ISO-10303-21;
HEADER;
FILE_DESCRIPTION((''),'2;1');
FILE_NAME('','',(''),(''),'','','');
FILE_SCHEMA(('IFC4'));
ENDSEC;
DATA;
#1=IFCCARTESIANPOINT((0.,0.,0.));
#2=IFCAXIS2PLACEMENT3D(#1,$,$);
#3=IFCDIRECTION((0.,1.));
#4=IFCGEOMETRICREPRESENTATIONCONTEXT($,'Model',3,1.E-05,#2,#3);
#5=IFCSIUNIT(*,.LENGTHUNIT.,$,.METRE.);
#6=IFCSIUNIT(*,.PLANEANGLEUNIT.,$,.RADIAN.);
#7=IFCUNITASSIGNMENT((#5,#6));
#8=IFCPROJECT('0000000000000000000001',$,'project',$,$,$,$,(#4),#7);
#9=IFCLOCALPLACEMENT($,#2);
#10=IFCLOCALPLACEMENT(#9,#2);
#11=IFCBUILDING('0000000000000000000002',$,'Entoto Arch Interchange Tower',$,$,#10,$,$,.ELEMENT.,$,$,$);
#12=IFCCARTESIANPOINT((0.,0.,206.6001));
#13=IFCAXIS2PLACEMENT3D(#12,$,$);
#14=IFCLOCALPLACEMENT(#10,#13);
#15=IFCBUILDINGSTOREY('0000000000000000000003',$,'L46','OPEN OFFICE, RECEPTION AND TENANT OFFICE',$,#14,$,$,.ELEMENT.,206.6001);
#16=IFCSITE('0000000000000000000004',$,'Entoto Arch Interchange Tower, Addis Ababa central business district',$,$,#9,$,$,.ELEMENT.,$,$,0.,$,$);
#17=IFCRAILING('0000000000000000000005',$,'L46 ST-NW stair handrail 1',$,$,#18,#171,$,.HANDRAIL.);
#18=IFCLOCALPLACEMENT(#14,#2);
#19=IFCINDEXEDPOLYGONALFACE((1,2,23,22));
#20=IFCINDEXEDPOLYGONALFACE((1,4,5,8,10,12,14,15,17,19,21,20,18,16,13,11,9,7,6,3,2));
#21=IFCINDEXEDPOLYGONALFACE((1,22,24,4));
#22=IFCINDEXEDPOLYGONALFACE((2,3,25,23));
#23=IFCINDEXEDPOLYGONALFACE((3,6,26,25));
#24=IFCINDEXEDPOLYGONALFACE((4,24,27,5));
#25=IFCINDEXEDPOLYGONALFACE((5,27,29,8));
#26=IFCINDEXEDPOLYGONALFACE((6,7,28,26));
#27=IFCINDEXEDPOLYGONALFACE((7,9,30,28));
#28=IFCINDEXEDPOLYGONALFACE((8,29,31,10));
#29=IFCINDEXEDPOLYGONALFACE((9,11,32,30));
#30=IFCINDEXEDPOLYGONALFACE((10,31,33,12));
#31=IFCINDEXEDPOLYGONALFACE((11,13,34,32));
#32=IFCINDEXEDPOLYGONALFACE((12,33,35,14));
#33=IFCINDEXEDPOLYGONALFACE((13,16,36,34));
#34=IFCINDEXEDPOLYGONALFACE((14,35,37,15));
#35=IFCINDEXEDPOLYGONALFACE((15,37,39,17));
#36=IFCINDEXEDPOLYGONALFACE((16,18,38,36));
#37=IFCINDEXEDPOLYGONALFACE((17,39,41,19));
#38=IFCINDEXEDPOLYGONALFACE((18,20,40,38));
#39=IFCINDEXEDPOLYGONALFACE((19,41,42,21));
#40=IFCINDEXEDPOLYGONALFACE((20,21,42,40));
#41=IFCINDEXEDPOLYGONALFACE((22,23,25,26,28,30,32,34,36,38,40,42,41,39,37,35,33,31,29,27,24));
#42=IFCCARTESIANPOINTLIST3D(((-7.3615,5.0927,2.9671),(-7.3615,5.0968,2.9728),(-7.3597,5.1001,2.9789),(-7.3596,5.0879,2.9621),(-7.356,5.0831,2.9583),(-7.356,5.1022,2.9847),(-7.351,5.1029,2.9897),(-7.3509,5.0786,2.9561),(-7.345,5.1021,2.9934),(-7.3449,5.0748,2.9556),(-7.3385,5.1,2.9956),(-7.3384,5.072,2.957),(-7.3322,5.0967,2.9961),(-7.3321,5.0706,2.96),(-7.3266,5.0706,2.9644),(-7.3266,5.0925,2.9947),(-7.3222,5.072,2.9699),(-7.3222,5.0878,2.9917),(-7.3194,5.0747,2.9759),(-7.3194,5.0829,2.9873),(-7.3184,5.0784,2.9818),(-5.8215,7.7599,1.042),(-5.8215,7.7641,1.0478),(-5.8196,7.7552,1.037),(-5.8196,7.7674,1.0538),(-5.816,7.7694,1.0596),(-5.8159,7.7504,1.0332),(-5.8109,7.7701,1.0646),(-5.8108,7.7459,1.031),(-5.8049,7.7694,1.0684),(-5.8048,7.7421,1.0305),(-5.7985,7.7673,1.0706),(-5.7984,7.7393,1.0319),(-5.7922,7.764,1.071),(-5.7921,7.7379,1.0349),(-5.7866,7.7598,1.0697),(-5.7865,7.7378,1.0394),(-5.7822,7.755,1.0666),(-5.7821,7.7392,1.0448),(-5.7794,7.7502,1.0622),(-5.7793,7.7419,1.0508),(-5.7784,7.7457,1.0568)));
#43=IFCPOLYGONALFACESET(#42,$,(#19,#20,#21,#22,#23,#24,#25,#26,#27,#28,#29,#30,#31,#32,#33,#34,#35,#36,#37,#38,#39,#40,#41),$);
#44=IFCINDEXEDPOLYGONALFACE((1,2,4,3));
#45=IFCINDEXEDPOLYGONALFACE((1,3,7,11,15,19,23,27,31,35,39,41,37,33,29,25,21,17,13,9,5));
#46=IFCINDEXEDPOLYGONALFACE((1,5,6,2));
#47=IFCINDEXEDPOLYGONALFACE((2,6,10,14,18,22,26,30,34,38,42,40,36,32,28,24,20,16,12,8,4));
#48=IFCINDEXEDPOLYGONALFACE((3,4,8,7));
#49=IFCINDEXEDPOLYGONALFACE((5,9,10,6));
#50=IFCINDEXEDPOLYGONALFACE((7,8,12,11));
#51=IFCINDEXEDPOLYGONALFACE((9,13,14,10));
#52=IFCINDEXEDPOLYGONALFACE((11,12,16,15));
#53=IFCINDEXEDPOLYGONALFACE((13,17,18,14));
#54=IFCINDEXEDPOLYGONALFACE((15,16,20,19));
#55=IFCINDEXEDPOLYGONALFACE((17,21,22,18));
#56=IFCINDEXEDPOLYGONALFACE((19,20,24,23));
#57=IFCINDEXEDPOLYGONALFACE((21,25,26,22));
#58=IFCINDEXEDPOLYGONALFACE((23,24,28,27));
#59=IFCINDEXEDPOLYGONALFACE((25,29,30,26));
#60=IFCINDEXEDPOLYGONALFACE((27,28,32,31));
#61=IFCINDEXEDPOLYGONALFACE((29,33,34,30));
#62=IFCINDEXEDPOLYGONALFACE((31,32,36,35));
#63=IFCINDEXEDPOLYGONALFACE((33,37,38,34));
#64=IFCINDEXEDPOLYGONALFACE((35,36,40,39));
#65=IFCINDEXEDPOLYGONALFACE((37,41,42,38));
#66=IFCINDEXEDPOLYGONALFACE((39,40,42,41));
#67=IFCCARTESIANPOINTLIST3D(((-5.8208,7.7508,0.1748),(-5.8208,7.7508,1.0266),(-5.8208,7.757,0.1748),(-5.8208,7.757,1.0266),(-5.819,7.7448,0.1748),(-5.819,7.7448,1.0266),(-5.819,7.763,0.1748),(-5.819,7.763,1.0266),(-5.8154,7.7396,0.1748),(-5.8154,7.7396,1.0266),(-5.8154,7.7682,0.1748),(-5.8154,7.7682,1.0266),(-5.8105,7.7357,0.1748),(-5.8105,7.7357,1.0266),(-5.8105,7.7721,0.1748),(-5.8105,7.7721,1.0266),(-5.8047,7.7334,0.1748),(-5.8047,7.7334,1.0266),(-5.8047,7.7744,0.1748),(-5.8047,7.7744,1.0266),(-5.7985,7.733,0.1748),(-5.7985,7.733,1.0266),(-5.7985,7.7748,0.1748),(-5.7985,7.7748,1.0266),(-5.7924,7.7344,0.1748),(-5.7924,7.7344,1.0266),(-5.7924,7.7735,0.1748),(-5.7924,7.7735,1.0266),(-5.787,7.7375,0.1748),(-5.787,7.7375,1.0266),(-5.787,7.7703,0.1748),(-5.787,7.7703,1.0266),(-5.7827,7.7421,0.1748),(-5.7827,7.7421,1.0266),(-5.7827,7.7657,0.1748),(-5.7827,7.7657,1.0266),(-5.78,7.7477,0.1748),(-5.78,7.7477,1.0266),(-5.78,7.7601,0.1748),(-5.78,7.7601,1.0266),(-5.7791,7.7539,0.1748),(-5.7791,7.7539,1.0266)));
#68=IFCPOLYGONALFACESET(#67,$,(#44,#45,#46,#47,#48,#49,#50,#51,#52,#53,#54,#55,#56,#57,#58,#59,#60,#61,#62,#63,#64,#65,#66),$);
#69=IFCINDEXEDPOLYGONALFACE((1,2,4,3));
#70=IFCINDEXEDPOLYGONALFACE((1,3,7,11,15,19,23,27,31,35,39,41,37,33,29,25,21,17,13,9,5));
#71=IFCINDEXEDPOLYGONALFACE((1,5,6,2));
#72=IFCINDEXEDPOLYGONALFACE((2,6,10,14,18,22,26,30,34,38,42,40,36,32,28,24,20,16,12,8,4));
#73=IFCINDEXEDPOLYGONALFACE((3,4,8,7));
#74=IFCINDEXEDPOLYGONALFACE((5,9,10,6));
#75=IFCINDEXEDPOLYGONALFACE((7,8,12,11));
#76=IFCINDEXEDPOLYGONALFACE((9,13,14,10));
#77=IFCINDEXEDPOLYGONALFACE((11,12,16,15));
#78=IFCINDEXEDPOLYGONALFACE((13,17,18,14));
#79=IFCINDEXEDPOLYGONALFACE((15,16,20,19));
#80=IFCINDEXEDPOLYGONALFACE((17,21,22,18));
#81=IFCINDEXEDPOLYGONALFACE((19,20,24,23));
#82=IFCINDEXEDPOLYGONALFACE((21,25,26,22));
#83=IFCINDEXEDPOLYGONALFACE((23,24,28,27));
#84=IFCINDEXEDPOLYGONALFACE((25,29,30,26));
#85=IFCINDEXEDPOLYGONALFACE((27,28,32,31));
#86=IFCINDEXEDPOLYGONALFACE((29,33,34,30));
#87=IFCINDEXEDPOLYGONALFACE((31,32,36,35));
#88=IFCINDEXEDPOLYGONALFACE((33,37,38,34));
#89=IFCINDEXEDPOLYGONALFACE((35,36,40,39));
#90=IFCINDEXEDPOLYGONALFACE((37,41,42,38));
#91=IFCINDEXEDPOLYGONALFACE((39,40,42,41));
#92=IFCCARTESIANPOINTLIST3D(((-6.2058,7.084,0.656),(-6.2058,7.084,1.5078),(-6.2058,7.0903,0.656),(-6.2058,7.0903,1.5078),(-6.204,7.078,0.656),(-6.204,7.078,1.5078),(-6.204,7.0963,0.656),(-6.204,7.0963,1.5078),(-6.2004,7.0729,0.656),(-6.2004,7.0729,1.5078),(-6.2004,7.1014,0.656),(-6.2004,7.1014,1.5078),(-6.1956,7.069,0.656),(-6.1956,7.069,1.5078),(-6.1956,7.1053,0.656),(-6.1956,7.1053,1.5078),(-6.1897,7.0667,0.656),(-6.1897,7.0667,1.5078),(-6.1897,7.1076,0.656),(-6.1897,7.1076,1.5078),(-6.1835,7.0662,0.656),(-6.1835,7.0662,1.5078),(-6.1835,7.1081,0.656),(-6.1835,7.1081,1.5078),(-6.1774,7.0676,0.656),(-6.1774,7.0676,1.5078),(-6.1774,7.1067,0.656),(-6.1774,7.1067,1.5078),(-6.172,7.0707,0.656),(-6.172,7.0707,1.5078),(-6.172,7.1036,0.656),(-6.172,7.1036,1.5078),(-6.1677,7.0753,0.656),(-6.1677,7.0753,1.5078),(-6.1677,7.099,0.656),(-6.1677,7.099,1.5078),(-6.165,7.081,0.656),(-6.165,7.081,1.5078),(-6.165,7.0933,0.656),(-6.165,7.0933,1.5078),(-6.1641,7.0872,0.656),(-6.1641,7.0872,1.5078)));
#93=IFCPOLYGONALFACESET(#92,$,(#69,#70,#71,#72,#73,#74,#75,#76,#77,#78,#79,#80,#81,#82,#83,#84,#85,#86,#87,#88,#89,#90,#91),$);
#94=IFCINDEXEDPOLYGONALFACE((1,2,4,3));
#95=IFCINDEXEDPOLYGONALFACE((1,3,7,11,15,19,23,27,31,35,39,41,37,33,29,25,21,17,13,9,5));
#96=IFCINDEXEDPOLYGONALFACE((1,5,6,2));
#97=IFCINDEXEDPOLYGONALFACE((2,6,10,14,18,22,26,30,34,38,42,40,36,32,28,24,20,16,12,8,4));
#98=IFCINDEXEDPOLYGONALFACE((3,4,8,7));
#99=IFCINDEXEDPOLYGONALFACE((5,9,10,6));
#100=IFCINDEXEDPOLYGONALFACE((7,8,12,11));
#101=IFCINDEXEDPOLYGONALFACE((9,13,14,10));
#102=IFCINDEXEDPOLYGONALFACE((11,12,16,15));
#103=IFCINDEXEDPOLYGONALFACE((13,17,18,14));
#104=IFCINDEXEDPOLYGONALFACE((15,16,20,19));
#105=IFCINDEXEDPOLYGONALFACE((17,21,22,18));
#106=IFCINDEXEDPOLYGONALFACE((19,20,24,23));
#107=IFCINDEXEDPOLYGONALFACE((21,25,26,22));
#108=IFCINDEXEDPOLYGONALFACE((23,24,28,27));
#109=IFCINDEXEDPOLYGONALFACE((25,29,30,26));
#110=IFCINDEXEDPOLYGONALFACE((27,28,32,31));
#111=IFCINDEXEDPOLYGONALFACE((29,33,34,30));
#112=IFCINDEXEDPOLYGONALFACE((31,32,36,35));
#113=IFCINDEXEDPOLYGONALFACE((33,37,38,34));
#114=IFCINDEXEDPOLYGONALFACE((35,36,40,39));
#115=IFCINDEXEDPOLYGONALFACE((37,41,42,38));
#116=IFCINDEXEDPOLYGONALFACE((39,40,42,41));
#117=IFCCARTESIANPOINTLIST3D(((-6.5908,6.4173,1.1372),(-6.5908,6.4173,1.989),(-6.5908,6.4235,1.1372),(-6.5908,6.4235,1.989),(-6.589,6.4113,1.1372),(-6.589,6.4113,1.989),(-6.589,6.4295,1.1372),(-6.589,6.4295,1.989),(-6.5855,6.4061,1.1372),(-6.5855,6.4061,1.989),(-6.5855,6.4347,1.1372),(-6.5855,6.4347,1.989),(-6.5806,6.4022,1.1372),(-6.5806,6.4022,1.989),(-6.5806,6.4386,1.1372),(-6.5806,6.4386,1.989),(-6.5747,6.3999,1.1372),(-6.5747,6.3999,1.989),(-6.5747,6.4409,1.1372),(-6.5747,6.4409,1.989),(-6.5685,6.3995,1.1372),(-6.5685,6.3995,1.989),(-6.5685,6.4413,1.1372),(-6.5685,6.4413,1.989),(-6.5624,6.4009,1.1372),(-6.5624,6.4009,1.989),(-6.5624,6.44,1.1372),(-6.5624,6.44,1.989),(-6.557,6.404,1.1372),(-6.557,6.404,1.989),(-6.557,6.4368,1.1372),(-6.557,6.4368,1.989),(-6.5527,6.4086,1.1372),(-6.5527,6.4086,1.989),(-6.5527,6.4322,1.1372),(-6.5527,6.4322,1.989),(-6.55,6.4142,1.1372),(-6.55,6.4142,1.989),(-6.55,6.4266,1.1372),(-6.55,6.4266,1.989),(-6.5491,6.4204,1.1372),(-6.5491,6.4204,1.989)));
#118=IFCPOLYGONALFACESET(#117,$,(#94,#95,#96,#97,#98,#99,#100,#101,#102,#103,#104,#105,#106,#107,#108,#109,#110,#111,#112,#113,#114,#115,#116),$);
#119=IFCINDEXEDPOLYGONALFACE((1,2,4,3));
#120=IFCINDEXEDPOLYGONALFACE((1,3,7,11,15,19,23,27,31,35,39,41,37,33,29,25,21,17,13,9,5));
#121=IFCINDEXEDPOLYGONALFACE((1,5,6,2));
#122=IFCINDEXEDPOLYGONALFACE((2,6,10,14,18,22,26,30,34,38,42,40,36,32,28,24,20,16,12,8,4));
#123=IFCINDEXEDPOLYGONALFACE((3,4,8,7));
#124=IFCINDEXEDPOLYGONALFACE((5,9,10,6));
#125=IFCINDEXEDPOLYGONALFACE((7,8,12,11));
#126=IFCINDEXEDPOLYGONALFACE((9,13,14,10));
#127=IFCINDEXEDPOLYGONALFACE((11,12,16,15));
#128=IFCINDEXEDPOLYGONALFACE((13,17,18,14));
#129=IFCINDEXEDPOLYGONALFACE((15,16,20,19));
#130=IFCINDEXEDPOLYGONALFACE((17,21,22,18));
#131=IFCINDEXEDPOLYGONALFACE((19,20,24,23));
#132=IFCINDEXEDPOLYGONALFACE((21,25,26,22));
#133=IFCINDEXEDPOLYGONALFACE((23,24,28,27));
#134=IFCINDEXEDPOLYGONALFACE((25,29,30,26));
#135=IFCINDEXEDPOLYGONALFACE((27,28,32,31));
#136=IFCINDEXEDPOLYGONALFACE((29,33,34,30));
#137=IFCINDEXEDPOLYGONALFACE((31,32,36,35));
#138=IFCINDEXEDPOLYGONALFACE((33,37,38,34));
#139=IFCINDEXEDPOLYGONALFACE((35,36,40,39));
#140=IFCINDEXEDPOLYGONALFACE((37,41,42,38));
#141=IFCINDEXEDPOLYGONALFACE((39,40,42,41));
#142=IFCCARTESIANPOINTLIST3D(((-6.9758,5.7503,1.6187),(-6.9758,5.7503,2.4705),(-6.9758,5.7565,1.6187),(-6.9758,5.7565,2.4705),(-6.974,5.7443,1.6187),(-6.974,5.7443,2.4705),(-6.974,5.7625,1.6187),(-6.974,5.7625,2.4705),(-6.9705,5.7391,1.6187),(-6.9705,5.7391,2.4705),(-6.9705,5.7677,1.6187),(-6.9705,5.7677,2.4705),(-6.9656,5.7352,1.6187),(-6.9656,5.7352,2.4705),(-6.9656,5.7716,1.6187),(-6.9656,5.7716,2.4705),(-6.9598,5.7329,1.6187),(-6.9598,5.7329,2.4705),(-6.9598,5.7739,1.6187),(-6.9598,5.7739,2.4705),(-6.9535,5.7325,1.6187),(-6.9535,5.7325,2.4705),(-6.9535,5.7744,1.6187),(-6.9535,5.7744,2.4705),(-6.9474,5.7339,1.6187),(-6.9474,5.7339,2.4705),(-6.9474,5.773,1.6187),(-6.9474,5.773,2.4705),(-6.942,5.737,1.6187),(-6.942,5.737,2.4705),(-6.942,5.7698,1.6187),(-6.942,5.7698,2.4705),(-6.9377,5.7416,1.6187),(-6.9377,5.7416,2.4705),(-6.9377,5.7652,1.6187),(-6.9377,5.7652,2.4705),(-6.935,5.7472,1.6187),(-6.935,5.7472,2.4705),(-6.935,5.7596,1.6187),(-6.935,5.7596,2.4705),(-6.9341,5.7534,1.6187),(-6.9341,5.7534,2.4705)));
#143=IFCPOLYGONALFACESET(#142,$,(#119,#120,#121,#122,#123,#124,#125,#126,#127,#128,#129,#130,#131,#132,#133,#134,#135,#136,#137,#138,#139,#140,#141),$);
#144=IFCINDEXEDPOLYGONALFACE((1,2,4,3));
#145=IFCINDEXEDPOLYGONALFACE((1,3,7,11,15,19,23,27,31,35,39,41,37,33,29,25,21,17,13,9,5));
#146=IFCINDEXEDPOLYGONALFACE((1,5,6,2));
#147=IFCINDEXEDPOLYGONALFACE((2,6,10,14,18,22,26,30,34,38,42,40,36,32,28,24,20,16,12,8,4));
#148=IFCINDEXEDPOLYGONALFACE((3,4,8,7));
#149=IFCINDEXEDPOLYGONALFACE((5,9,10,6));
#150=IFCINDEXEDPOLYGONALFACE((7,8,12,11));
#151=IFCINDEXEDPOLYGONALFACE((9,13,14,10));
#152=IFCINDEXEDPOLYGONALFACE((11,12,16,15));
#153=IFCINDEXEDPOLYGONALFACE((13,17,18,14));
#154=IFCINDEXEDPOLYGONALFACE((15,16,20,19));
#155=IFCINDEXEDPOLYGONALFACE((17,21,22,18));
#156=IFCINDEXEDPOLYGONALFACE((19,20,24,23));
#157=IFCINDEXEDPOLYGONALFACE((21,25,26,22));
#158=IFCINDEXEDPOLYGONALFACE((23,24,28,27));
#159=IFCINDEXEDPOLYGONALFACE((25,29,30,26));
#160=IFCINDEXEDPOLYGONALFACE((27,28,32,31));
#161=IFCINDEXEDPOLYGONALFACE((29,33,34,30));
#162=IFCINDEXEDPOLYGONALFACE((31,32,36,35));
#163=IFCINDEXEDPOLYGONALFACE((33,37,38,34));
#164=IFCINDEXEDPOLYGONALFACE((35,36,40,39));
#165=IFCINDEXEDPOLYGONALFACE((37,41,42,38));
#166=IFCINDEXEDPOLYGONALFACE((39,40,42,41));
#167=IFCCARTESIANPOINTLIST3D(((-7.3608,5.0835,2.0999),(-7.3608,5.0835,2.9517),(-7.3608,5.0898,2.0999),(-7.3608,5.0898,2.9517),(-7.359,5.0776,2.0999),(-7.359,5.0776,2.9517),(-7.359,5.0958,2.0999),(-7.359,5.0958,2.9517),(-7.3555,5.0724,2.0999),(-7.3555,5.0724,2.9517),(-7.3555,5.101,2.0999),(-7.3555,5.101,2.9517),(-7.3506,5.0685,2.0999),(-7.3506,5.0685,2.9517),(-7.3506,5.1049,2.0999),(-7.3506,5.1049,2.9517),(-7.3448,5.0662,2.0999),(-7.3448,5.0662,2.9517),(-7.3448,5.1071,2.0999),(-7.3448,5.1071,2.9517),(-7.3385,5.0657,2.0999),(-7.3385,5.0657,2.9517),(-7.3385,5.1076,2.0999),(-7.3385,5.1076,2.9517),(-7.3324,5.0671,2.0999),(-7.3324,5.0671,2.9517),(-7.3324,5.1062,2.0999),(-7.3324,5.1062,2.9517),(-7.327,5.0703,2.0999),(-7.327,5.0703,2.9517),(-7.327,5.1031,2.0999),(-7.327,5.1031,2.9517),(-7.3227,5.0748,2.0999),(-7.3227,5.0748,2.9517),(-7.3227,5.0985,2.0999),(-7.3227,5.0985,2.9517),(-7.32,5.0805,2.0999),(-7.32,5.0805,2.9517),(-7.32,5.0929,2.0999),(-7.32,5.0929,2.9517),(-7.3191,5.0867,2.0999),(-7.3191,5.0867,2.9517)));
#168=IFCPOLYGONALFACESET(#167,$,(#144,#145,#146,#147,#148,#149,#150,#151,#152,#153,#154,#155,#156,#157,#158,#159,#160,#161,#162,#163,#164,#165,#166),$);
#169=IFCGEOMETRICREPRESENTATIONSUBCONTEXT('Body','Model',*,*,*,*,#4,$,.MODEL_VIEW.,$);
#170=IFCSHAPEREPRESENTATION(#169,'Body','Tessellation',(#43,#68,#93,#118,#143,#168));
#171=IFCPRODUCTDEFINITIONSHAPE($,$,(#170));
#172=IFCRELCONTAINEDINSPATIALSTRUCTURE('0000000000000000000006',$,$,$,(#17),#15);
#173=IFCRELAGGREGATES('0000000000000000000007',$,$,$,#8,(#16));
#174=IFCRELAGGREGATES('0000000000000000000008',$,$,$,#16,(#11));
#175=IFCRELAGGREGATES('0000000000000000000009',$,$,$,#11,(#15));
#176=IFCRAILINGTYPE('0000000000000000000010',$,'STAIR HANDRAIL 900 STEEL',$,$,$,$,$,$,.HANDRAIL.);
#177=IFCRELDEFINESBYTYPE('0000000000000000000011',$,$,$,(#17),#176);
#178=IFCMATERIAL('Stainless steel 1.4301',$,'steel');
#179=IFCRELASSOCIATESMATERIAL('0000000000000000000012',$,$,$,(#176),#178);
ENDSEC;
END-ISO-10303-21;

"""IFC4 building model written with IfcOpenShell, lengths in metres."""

from ifc_helpers import new_model, si_unit, direction, frame, origin, origin_2d, place, context, subcontext, project, spatial, circle, extrude, material, type_object, element, save


model = new_model("IFC4")

# Units and contexts
model_context = context("Model", 3, precision=1e-05, world=origin(), true_north=direction((0.0, 1.0)))
body_context = subcontext(model_context, "Body", "Model", "MODEL_VIEW")
ifc_project = project(units=[si_unit("LENGTHUNIT", "METRE"), si_unit("PLANEANGLEUNIT", "RADIAN")], contexts=[model_context])

# Site, building, storey
site_placement = place(None, origin())
site = spatial("IfcSite", under=ifc_project, at=site_placement, Name="Entoto Arch Interchange Tower, Addis Ababa central business district", CompositionType="ELEMENT", RefElevation=0.0)
building_placement = place(site_placement, origin())
building = spatial("IfcBuilding", under=site, at=building_placement, Name="Entoto Arch Interchange Tower", CompositionType="ELEMENT")
storey_placement = place(building_placement, frame((0.0, 0.0, 206.6001)))
storey = spatial("IfcBuildingStorey", under=building, at=storey_placement, Name="L46", Description="OPEN OFFICE, RECEPTION AND TENANT OFFICE", CompositionType="ELEMENT", Elevation=206.6001)

# Railing
ifc_material_1 = material(Name="Stainless steel 1.4301", Category="steel")
railing_type = type_object("IfcRailingType", Name="STAIR HANDRAIL 900 STEEL", PredefinedType="HANDRAIL", material=ifc_material_1)
railing_placement = place(storey_placement, frame((-5.8, 7.7539, 0.1748)))
element("IfcRailing", 1, at=railing_placement, inside=storey, type_object=railing_type, Name="L46 ST-NW stair handrail 1", PredefinedType="HANDRAIL", context=body_context, shape_type="SweptSolid", body=[
    extrude(circle(Radius=0.0239, at=origin_2d()), frame((0.0, 0.0, 0.876), z_axis=(-0.424015, -0.734364, 0.530019), x_axis=(0.86601, -0.500027, 0.0)), (0.0, 0.0, 1.0), 3.6321),
    extrude(circle(Radius=0.021, at=origin_2d()), origin(), (0.0, 0.0, 1.0), 0.8518),
    extrude(circle(Radius=0.021, at=origin_2d()), frame((-0.385, -0.6667, 0.4812)), (0.0, 0.0, 1.0), 0.8518),
    extrude(circle(Radius=0.021, at=origin_2d()), frame((-0.77, -1.3335, 0.9624)), (0.0, 0.0, 1.0), 0.8518),
    extrude(circle(Radius=0.021, at=origin_2d()), frame((-1.155, -2.0005, 1.4438)), (0.0, 0.0, 1.0), 0.8518),
    extrude(circle(Radius=0.021, at=origin_2d()), frame((-1.54, -2.6672, 1.925)), (0.0, 0.0, 1.0), 0.8518),
])

save(model, "model.ifc")
